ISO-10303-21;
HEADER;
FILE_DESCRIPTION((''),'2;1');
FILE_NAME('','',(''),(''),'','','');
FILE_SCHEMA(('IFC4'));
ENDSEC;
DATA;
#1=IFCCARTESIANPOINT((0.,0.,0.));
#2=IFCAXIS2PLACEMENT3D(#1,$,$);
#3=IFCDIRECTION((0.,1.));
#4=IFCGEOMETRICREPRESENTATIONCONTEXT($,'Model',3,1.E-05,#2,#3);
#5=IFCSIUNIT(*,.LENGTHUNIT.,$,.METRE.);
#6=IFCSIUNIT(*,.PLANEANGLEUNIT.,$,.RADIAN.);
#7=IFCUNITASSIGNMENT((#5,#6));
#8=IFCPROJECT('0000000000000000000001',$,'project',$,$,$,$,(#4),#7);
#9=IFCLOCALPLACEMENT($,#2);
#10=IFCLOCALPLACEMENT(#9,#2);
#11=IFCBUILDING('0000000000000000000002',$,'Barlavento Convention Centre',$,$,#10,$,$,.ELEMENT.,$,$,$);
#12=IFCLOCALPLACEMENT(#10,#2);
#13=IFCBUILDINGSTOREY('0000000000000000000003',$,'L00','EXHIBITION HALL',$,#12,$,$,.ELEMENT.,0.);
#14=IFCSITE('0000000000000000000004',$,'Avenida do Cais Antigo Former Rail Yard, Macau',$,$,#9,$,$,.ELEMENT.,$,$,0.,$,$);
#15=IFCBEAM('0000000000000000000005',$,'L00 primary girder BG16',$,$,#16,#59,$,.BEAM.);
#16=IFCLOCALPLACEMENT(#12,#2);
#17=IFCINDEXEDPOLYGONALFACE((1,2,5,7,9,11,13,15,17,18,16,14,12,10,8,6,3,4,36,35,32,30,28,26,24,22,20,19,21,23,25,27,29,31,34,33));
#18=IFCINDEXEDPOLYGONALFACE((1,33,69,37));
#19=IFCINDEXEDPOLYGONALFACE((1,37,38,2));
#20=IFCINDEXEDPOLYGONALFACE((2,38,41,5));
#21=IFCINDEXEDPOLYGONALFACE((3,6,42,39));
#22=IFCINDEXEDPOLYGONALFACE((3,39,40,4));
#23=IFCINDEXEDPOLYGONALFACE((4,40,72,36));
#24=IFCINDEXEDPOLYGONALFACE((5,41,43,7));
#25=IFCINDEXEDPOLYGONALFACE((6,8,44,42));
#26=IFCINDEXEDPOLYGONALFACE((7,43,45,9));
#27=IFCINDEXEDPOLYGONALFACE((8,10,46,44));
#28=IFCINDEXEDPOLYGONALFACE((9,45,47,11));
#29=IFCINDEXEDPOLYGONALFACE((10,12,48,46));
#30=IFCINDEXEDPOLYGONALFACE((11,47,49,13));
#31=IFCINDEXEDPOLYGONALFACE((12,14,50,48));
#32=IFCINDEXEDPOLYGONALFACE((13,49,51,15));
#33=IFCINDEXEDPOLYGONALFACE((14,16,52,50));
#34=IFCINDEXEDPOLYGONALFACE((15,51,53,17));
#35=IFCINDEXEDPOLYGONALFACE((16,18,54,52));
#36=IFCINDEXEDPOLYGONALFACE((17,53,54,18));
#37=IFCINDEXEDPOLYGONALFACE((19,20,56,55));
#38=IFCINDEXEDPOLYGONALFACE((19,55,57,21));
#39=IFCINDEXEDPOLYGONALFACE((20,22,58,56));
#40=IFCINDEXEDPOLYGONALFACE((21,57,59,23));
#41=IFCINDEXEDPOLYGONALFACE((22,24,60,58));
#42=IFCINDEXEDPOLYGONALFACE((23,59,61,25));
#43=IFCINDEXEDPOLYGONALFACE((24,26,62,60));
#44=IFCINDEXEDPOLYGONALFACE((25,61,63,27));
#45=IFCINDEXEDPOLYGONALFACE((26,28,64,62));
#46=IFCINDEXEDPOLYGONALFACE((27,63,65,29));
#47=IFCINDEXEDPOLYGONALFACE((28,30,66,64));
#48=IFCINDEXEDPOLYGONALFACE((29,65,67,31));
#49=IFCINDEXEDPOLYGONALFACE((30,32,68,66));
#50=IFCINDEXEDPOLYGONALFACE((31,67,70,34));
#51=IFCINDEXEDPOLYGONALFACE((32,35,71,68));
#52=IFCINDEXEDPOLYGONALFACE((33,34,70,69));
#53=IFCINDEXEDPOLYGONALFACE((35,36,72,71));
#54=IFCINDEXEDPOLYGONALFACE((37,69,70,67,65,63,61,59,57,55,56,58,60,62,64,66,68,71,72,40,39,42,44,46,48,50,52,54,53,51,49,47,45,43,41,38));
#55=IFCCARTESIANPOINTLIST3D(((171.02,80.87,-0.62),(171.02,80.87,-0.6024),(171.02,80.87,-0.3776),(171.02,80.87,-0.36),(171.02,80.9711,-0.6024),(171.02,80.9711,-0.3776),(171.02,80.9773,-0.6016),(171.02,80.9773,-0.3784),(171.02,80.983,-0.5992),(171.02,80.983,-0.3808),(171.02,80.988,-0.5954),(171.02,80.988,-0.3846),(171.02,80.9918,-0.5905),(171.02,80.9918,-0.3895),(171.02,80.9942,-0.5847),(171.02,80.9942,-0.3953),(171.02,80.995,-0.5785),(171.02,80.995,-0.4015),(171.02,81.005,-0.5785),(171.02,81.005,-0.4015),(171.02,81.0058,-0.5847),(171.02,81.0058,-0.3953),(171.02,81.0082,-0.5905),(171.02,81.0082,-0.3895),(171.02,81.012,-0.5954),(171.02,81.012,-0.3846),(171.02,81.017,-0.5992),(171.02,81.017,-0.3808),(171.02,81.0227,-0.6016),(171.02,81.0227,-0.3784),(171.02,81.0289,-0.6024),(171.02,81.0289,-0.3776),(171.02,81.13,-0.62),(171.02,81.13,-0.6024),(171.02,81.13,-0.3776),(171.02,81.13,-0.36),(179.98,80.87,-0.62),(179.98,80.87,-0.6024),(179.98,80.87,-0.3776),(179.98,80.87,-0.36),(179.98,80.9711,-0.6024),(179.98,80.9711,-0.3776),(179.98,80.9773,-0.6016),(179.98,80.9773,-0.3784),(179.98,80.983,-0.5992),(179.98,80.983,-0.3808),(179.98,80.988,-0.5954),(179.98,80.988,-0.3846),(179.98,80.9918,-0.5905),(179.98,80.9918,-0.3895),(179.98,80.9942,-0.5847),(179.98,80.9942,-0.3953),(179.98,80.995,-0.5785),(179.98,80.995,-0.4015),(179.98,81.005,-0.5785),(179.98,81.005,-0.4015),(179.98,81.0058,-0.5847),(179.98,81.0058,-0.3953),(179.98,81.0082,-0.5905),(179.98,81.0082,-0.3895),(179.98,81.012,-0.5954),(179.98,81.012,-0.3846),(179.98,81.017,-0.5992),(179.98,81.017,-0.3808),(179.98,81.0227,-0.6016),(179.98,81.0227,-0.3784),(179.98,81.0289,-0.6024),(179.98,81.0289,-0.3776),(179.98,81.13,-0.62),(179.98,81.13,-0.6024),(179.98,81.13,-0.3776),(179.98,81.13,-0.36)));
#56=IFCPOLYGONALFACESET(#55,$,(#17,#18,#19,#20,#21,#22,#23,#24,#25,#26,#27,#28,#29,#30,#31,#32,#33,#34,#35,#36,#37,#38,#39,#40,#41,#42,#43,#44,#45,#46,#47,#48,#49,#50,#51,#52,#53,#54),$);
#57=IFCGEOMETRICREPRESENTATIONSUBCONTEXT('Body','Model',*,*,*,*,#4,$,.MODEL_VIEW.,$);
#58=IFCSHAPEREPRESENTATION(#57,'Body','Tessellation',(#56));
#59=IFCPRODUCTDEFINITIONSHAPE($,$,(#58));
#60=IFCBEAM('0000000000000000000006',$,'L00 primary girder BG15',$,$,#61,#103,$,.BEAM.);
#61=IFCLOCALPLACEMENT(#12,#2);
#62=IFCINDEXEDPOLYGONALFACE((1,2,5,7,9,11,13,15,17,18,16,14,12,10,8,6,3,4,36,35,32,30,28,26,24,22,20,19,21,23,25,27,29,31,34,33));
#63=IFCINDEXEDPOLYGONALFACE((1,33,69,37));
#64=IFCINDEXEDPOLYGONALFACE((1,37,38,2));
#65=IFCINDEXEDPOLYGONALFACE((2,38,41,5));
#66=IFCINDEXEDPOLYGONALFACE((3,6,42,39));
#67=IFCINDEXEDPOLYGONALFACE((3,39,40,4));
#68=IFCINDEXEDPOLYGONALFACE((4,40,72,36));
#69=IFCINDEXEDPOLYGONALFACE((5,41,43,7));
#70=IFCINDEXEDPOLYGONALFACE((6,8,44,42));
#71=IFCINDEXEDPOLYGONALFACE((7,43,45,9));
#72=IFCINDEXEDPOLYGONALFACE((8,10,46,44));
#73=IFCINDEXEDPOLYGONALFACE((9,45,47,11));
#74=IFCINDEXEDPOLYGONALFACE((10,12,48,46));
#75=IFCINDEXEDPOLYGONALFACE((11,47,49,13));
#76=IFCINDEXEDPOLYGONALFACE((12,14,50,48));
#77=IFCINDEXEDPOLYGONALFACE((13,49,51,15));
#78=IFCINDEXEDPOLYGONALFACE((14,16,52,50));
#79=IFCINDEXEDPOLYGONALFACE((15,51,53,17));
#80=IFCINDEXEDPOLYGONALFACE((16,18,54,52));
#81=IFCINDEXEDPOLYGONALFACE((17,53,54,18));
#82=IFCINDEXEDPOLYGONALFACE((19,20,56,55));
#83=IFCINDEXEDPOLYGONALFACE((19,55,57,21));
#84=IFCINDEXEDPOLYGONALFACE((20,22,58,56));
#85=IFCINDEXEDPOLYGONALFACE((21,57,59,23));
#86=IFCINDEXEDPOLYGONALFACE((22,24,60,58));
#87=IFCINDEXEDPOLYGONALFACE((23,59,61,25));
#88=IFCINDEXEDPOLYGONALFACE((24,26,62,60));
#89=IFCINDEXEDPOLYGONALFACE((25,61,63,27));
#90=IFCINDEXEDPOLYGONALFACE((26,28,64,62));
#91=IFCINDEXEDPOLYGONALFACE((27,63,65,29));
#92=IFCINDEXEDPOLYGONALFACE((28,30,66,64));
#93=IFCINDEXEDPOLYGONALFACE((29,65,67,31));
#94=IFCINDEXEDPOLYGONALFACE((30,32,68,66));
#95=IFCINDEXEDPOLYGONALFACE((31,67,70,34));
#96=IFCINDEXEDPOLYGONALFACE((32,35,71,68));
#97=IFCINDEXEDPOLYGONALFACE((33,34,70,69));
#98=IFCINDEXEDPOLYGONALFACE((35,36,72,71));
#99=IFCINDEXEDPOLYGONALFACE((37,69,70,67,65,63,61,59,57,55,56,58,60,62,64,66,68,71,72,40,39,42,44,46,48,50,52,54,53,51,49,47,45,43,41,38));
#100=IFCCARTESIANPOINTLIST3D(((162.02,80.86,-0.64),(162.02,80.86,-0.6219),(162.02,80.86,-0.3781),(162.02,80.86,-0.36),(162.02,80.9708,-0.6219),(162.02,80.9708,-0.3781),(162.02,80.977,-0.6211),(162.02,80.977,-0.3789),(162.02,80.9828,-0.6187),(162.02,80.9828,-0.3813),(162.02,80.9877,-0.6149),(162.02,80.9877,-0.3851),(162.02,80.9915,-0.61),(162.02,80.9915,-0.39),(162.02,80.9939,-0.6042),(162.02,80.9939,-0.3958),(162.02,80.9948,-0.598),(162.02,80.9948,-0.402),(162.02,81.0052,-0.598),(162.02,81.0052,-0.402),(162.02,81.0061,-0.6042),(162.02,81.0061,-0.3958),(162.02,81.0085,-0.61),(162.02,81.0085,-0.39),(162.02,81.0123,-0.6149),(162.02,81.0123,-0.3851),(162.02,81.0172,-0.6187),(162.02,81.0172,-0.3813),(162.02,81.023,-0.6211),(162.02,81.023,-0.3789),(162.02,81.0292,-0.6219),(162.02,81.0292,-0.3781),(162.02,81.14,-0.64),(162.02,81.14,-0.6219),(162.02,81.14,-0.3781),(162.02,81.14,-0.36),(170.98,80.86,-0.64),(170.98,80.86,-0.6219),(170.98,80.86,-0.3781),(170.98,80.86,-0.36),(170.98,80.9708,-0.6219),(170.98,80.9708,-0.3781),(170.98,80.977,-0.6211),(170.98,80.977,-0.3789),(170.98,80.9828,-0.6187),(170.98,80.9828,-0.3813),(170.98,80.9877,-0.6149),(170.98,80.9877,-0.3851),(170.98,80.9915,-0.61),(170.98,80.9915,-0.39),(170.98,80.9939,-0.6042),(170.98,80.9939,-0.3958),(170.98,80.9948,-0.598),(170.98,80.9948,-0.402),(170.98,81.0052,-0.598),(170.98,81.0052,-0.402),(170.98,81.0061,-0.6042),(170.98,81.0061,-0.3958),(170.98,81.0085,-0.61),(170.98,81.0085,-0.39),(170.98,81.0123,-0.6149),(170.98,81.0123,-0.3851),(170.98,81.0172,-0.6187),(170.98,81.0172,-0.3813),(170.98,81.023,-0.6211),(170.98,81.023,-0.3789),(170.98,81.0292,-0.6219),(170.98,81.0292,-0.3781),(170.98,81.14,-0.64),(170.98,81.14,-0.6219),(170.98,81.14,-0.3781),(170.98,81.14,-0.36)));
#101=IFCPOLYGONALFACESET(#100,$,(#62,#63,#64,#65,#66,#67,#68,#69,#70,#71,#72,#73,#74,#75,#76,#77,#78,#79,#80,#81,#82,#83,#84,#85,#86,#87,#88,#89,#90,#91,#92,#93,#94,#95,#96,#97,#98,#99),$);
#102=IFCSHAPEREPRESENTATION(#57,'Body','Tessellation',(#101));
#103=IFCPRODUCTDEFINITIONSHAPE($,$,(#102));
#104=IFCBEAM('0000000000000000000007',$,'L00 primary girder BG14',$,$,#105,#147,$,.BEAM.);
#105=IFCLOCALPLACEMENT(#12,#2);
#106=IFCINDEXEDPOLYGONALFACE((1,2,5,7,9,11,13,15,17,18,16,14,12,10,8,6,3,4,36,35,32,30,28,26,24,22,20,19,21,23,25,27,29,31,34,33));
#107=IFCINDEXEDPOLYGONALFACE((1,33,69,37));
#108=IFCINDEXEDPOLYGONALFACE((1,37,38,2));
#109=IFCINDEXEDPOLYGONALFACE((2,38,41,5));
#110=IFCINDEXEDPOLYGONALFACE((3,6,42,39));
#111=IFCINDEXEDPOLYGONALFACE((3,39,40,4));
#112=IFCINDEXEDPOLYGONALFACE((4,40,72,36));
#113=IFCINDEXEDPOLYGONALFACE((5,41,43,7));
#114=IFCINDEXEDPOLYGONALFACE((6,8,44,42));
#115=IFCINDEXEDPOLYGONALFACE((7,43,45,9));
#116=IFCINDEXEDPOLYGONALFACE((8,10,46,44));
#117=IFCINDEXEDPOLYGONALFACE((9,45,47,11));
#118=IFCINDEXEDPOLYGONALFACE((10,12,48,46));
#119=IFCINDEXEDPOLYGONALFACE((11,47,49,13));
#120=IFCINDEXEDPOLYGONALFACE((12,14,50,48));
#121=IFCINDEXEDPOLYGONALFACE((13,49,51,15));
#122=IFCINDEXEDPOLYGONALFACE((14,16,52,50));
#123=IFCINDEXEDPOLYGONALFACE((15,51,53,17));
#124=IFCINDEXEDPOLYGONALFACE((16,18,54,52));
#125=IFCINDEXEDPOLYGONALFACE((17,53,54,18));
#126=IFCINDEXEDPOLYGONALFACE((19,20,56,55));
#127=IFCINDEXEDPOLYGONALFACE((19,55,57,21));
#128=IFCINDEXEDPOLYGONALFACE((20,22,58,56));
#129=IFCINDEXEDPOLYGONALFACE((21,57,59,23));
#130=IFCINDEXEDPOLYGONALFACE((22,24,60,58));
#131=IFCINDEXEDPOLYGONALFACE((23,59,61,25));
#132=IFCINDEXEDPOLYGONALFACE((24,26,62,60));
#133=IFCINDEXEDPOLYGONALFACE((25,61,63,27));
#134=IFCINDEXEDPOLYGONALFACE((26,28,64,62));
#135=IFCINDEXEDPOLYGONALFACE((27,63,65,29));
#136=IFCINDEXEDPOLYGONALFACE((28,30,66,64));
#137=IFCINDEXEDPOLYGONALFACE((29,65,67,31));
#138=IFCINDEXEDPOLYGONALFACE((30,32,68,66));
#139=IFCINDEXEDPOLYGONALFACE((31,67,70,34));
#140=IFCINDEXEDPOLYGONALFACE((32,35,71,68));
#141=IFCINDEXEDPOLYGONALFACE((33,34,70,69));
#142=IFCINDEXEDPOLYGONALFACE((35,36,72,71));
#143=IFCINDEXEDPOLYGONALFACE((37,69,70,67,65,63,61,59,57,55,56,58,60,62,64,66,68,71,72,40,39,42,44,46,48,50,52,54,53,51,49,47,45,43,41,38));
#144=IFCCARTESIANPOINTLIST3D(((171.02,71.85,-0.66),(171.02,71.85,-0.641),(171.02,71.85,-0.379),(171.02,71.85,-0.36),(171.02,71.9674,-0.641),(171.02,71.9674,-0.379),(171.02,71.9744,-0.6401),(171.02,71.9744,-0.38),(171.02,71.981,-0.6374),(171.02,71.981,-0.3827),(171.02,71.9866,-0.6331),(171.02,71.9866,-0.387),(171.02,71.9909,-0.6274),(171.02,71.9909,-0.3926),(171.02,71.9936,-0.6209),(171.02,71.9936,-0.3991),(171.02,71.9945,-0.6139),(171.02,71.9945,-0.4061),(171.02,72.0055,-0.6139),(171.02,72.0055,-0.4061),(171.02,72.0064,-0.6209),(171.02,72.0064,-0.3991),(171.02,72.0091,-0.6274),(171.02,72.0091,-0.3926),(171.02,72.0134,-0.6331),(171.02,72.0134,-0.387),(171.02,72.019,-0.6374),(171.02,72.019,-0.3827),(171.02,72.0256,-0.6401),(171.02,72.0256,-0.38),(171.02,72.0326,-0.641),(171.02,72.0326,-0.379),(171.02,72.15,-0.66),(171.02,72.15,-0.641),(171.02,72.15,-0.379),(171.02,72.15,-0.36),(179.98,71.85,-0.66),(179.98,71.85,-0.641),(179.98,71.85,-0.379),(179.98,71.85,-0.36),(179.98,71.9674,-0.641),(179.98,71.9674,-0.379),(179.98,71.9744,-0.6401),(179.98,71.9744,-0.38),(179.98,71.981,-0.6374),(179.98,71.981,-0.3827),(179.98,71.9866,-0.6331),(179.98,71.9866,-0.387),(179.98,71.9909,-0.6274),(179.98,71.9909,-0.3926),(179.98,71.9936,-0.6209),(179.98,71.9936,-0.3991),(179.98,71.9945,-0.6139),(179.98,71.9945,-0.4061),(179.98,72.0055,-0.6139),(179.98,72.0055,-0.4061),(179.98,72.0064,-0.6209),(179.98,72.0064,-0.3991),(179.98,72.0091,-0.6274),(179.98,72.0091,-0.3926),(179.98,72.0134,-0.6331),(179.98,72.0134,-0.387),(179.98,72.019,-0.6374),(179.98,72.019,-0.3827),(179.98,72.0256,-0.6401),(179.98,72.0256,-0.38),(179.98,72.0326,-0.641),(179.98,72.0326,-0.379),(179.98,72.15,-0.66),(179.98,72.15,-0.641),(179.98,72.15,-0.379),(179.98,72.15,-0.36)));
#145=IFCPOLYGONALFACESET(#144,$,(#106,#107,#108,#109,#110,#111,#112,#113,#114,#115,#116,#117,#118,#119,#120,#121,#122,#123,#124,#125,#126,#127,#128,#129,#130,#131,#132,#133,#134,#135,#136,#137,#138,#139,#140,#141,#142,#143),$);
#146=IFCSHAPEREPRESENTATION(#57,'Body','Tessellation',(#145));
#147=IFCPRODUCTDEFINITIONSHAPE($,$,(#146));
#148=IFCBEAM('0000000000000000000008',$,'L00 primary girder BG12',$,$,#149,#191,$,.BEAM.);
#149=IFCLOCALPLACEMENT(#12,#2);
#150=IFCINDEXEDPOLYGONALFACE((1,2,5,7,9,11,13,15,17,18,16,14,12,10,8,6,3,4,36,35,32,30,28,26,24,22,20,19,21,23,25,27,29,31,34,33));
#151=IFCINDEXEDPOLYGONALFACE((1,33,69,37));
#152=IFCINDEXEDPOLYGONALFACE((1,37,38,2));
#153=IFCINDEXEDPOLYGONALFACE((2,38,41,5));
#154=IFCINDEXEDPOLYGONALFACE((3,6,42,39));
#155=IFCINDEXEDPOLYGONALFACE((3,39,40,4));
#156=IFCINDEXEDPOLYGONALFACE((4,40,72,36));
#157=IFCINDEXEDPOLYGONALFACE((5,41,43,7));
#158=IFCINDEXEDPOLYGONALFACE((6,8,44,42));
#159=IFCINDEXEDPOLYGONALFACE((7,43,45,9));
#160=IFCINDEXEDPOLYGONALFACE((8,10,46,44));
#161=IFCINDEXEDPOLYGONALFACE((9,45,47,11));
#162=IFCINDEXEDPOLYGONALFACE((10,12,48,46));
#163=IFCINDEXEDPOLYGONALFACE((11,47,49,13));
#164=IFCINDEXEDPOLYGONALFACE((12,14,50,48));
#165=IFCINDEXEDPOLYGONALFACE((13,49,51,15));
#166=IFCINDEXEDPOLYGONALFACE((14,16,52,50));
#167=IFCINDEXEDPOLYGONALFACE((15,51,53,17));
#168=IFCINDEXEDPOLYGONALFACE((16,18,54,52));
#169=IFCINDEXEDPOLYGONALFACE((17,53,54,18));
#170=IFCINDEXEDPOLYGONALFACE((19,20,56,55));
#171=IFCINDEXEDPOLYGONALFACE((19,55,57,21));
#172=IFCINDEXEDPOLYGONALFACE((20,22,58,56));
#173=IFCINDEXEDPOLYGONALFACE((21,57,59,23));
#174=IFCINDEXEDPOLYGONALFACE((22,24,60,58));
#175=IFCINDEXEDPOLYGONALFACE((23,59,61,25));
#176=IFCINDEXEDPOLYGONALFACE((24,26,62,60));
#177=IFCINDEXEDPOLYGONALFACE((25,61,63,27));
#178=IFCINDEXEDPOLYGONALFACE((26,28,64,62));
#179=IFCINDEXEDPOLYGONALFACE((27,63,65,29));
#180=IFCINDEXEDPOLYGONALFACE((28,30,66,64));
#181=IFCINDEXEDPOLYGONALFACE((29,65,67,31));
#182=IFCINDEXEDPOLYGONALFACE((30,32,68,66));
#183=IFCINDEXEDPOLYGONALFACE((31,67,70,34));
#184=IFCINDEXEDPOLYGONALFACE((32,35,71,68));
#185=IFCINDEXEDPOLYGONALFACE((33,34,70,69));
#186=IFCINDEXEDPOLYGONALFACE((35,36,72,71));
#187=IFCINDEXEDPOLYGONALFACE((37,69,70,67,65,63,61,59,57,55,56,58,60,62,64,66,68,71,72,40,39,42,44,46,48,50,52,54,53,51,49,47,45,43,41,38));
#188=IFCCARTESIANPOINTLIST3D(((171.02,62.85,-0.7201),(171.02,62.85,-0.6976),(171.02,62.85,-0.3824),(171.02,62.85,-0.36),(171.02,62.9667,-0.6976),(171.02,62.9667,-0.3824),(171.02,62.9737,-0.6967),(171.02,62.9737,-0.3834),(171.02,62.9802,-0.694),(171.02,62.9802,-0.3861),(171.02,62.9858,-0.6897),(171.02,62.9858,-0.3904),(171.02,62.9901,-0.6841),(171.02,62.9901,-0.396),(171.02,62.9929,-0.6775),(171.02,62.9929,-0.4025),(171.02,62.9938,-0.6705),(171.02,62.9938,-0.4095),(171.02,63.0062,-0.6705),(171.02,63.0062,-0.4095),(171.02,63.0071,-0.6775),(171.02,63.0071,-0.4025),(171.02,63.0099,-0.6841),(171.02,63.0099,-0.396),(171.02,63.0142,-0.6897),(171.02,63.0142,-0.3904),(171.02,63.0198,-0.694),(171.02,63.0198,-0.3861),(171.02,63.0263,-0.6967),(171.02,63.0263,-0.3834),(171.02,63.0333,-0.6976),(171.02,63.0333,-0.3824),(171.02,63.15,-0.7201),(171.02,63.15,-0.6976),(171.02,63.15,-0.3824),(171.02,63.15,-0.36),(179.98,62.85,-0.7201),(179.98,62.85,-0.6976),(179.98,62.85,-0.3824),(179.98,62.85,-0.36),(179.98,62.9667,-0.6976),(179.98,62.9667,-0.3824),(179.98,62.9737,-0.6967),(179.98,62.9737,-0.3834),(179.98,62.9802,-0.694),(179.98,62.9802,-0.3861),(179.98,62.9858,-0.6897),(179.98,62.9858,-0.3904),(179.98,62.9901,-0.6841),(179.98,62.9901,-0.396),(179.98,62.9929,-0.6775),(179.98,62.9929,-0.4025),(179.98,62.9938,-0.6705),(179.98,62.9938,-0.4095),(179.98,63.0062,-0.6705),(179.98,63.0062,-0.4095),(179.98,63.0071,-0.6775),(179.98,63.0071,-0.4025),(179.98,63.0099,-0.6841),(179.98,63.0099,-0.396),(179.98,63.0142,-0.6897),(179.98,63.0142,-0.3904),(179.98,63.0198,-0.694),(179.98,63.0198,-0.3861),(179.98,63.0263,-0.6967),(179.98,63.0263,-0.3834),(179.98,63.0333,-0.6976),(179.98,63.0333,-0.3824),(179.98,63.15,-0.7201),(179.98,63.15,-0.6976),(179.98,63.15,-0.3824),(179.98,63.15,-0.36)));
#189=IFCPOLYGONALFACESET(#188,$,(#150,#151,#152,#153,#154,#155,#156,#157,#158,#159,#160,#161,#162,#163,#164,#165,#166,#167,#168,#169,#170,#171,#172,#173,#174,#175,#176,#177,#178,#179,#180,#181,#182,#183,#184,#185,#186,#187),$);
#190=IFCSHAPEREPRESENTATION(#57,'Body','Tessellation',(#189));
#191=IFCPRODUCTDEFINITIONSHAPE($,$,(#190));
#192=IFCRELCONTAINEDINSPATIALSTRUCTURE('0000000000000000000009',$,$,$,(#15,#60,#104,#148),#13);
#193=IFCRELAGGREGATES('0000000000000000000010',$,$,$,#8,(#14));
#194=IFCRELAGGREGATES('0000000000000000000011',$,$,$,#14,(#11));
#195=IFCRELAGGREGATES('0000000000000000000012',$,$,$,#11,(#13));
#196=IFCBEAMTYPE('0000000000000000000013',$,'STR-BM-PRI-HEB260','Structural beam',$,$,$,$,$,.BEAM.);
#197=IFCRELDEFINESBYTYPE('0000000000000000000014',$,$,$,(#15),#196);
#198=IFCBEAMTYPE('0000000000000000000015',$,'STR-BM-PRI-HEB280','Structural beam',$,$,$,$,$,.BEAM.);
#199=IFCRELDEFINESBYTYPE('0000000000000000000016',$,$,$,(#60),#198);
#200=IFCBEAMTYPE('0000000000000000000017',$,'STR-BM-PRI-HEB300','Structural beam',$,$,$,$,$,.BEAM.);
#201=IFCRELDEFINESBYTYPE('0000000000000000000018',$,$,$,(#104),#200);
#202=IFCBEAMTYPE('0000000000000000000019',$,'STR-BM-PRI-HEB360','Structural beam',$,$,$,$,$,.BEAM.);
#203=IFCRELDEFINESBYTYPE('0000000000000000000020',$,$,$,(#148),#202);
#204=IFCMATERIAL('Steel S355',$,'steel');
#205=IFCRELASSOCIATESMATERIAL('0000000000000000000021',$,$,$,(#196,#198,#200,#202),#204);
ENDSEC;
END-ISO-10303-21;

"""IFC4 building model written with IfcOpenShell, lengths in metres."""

from ifc_helpers import new_model, si_unit, direction, frame, origin, origin_2d, place, context, subcontext, project, spatial, i_section, extrude, material, material_profile, profile_set, type_object, element, save


model = new_model("IFC4")

# Units and contexts
model_context = context("Model", 3, precision=1e-05, world=origin(), true_north=direction((0.0, 1.0)))
body_context = subcontext(model_context, "Body", "Model", "MODEL_VIEW")
ifc_project = project(units=[si_unit("LENGTHUNIT", "METRE"), si_unit("PLANEANGLEUNIT", "RADIAN")], contexts=[model_context])

# Site, building, storey
site_placement = place(None, origin())
site = spatial("IfcSite", under=ifc_project, at=site_placement, Name="Avenida do Cais Antigo Former Rail Yard, Macau", CompositionType="ELEMENT", RefElevation=0.0)
building_placement = place(site_placement, origin())
building = spatial("IfcBuilding", under=site, at=building_placement, Name="Barlavento Convention Centre", CompositionType="ELEMENT")
storey_placement = place(building_placement, origin())
storey = spatial("IfcBuildingStorey", under=building, at=storey_placement, Name="L00", Description="EXHIBITION HALL", CompositionType="ELEMENT", Elevation=0.0)

# Beams
ifc_material_1 = material(Name="Steel S355", Category="steel")
ifc_material_profile_1 = material_profile(ifc_material_1, i_section(OverallWidth=0.26, OverallDepth=0.26, WebThickness=0.01, FlangeThickness=0.0176, FilletRadius=0.0239, at=origin_2d()), Name="HEB 260")
ifc_profile_set_1 = profile_set([ifc_material_profile_1], Name="Steel S355")
beam_type_1 = type_object("IfcBeamType", Name="STR-BM-PRI-HEB260", Description="Structural beam", PredefinedType="BEAM", material=ifc_profile_set_1)
beam_1_placement = place(storey_placement, frame((171.02, 81.0, -0.49), z_axis=(1.0, 0.0, 0.0), x_axis=(0.0, 1.0, 0.0)))
element("IfcBeam", 1, at=beam_1_placement, inside=storey, type_object=beam_type_1, Name="L00 primary girder BG16", PredefinedType="BEAM", context=body_context, shape_type="SweptSolid", body=[
    extrude(i_section(OverallWidth=0.26, OverallDepth=0.26, WebThickness=0.01, FlangeThickness=0.0176, FilletRadius=0.0239, at=origin_2d()), origin(), (0.0, 0.0, 1.0), 8.96),
])
ifc_material_profile_2 = material_profile(ifc_material_1, i_section(OverallWidth=0.28, OverallDepth=0.28, WebThickness=0.0105, FlangeThickness=0.0181, FilletRadius=0.0239, at=origin_2d()), Name="HEB 280")
ifc_profile_set_2 = profile_set([ifc_material_profile_2], Name="Steel S355")
beam_type_2 = type_object("IfcBeamType", Name="STR-BM-PRI-HEB280", Description="Structural beam", PredefinedType="BEAM", material=ifc_profile_set_2)
beam_2_placement = place(storey_placement, frame((162.02, 81.0, -0.5), z_axis=(1.0, 0.0, 0.0), x_axis=(0.0, 1.0, 0.0)))
element("IfcBeam", 2, at=beam_2_placement, inside=storey, type_object=beam_type_2, Name="L00 primary girder BG15", PredefinedType="BEAM", context=body_context, shape_type="SweptSolid", body=[
    extrude(i_section(OverallWidth=0.28, OverallDepth=0.28, WebThickness=0.0105, FlangeThickness=0.0181, FilletRadius=0.0239, at=origin_2d()), origin(), (0.0, 0.0, 1.0), 8.96),
])
ifc_material_profile_3 = material_profile(ifc_material_1, i_section(OverallWidth=0.3, OverallDepth=0.3, WebThickness=0.011, FlangeThickness=0.019, FilletRadius=0.0271, at=origin_2d()), Name="HEB 300")
ifc_profile_set_3 = profile_set([ifc_material_profile_3], Name="Steel S355")
beam_type_3 = type_object("IfcBeamType", Name="STR-BM-PRI-HEB300", Description="Structural beam", PredefinedType="BEAM", material=ifc_profile_set_3)
beam_3_placement = place(storey_placement, frame((171.02, 72.0, -0.51), z_axis=(1.0, 0.0, 0.0), x_axis=(0.0, 1.0, 0.0)))
element("IfcBeam", 3, at=beam_3_placement, inside=storey, type_object=beam_type_3, Name="L00 primary girder BG14", PredefinedType="BEAM", context=body_context, shape_type="SweptSolid", body=[
    extrude(i_section(OverallWidth=0.3, OverallDepth=0.3, WebThickness=0.011, FlangeThickness=0.019, FilletRadius=0.0271, at=origin_2d()), origin(), (0.0, 0.0, 1.0), 8.96),
])
ifc_material_profile_4 = material_profile(ifc_material_1, i_section(OverallWidth=0.3, OverallDepth=0.3601, WebThickness=0.0125, FlangeThickness=0.0225, FilletRadius=0.0271, at=origin_2d()), Name="HEB 360")
ifc_profile_set_4 = profile_set([ifc_material_profile_4], Name="Steel S355")
beam_type_4 = type_object("IfcBeamType", Name="STR-BM-PRI-HEB360", Description="Structural beam", PredefinedType="BEAM", material=ifc_profile_set_4)
beam_4_placement = place(storey_placement, frame((171.02, 63.0, -0.54), z_axis=(1.0, 0.0, 0.0), x_axis=(0.0, 1.0, 0.0)))
element("IfcBeam", 4, at=beam_4_placement, inside=storey, type_object=beam_type_4, Name="L00 primary girder BG12", PredefinedType="BEAM", context=body_context, shape_type="SweptSolid", body=[
    extrude(i_section(OverallWidth=0.3, OverallDepth=0.3601, WebThickness=0.0125, FlangeThickness=0.0225, FilletRadius=0.0271, at=origin_2d()), origin(), (0.0, 0.0, 1.0), 8.96),
])

save(model, "model.ifc")
